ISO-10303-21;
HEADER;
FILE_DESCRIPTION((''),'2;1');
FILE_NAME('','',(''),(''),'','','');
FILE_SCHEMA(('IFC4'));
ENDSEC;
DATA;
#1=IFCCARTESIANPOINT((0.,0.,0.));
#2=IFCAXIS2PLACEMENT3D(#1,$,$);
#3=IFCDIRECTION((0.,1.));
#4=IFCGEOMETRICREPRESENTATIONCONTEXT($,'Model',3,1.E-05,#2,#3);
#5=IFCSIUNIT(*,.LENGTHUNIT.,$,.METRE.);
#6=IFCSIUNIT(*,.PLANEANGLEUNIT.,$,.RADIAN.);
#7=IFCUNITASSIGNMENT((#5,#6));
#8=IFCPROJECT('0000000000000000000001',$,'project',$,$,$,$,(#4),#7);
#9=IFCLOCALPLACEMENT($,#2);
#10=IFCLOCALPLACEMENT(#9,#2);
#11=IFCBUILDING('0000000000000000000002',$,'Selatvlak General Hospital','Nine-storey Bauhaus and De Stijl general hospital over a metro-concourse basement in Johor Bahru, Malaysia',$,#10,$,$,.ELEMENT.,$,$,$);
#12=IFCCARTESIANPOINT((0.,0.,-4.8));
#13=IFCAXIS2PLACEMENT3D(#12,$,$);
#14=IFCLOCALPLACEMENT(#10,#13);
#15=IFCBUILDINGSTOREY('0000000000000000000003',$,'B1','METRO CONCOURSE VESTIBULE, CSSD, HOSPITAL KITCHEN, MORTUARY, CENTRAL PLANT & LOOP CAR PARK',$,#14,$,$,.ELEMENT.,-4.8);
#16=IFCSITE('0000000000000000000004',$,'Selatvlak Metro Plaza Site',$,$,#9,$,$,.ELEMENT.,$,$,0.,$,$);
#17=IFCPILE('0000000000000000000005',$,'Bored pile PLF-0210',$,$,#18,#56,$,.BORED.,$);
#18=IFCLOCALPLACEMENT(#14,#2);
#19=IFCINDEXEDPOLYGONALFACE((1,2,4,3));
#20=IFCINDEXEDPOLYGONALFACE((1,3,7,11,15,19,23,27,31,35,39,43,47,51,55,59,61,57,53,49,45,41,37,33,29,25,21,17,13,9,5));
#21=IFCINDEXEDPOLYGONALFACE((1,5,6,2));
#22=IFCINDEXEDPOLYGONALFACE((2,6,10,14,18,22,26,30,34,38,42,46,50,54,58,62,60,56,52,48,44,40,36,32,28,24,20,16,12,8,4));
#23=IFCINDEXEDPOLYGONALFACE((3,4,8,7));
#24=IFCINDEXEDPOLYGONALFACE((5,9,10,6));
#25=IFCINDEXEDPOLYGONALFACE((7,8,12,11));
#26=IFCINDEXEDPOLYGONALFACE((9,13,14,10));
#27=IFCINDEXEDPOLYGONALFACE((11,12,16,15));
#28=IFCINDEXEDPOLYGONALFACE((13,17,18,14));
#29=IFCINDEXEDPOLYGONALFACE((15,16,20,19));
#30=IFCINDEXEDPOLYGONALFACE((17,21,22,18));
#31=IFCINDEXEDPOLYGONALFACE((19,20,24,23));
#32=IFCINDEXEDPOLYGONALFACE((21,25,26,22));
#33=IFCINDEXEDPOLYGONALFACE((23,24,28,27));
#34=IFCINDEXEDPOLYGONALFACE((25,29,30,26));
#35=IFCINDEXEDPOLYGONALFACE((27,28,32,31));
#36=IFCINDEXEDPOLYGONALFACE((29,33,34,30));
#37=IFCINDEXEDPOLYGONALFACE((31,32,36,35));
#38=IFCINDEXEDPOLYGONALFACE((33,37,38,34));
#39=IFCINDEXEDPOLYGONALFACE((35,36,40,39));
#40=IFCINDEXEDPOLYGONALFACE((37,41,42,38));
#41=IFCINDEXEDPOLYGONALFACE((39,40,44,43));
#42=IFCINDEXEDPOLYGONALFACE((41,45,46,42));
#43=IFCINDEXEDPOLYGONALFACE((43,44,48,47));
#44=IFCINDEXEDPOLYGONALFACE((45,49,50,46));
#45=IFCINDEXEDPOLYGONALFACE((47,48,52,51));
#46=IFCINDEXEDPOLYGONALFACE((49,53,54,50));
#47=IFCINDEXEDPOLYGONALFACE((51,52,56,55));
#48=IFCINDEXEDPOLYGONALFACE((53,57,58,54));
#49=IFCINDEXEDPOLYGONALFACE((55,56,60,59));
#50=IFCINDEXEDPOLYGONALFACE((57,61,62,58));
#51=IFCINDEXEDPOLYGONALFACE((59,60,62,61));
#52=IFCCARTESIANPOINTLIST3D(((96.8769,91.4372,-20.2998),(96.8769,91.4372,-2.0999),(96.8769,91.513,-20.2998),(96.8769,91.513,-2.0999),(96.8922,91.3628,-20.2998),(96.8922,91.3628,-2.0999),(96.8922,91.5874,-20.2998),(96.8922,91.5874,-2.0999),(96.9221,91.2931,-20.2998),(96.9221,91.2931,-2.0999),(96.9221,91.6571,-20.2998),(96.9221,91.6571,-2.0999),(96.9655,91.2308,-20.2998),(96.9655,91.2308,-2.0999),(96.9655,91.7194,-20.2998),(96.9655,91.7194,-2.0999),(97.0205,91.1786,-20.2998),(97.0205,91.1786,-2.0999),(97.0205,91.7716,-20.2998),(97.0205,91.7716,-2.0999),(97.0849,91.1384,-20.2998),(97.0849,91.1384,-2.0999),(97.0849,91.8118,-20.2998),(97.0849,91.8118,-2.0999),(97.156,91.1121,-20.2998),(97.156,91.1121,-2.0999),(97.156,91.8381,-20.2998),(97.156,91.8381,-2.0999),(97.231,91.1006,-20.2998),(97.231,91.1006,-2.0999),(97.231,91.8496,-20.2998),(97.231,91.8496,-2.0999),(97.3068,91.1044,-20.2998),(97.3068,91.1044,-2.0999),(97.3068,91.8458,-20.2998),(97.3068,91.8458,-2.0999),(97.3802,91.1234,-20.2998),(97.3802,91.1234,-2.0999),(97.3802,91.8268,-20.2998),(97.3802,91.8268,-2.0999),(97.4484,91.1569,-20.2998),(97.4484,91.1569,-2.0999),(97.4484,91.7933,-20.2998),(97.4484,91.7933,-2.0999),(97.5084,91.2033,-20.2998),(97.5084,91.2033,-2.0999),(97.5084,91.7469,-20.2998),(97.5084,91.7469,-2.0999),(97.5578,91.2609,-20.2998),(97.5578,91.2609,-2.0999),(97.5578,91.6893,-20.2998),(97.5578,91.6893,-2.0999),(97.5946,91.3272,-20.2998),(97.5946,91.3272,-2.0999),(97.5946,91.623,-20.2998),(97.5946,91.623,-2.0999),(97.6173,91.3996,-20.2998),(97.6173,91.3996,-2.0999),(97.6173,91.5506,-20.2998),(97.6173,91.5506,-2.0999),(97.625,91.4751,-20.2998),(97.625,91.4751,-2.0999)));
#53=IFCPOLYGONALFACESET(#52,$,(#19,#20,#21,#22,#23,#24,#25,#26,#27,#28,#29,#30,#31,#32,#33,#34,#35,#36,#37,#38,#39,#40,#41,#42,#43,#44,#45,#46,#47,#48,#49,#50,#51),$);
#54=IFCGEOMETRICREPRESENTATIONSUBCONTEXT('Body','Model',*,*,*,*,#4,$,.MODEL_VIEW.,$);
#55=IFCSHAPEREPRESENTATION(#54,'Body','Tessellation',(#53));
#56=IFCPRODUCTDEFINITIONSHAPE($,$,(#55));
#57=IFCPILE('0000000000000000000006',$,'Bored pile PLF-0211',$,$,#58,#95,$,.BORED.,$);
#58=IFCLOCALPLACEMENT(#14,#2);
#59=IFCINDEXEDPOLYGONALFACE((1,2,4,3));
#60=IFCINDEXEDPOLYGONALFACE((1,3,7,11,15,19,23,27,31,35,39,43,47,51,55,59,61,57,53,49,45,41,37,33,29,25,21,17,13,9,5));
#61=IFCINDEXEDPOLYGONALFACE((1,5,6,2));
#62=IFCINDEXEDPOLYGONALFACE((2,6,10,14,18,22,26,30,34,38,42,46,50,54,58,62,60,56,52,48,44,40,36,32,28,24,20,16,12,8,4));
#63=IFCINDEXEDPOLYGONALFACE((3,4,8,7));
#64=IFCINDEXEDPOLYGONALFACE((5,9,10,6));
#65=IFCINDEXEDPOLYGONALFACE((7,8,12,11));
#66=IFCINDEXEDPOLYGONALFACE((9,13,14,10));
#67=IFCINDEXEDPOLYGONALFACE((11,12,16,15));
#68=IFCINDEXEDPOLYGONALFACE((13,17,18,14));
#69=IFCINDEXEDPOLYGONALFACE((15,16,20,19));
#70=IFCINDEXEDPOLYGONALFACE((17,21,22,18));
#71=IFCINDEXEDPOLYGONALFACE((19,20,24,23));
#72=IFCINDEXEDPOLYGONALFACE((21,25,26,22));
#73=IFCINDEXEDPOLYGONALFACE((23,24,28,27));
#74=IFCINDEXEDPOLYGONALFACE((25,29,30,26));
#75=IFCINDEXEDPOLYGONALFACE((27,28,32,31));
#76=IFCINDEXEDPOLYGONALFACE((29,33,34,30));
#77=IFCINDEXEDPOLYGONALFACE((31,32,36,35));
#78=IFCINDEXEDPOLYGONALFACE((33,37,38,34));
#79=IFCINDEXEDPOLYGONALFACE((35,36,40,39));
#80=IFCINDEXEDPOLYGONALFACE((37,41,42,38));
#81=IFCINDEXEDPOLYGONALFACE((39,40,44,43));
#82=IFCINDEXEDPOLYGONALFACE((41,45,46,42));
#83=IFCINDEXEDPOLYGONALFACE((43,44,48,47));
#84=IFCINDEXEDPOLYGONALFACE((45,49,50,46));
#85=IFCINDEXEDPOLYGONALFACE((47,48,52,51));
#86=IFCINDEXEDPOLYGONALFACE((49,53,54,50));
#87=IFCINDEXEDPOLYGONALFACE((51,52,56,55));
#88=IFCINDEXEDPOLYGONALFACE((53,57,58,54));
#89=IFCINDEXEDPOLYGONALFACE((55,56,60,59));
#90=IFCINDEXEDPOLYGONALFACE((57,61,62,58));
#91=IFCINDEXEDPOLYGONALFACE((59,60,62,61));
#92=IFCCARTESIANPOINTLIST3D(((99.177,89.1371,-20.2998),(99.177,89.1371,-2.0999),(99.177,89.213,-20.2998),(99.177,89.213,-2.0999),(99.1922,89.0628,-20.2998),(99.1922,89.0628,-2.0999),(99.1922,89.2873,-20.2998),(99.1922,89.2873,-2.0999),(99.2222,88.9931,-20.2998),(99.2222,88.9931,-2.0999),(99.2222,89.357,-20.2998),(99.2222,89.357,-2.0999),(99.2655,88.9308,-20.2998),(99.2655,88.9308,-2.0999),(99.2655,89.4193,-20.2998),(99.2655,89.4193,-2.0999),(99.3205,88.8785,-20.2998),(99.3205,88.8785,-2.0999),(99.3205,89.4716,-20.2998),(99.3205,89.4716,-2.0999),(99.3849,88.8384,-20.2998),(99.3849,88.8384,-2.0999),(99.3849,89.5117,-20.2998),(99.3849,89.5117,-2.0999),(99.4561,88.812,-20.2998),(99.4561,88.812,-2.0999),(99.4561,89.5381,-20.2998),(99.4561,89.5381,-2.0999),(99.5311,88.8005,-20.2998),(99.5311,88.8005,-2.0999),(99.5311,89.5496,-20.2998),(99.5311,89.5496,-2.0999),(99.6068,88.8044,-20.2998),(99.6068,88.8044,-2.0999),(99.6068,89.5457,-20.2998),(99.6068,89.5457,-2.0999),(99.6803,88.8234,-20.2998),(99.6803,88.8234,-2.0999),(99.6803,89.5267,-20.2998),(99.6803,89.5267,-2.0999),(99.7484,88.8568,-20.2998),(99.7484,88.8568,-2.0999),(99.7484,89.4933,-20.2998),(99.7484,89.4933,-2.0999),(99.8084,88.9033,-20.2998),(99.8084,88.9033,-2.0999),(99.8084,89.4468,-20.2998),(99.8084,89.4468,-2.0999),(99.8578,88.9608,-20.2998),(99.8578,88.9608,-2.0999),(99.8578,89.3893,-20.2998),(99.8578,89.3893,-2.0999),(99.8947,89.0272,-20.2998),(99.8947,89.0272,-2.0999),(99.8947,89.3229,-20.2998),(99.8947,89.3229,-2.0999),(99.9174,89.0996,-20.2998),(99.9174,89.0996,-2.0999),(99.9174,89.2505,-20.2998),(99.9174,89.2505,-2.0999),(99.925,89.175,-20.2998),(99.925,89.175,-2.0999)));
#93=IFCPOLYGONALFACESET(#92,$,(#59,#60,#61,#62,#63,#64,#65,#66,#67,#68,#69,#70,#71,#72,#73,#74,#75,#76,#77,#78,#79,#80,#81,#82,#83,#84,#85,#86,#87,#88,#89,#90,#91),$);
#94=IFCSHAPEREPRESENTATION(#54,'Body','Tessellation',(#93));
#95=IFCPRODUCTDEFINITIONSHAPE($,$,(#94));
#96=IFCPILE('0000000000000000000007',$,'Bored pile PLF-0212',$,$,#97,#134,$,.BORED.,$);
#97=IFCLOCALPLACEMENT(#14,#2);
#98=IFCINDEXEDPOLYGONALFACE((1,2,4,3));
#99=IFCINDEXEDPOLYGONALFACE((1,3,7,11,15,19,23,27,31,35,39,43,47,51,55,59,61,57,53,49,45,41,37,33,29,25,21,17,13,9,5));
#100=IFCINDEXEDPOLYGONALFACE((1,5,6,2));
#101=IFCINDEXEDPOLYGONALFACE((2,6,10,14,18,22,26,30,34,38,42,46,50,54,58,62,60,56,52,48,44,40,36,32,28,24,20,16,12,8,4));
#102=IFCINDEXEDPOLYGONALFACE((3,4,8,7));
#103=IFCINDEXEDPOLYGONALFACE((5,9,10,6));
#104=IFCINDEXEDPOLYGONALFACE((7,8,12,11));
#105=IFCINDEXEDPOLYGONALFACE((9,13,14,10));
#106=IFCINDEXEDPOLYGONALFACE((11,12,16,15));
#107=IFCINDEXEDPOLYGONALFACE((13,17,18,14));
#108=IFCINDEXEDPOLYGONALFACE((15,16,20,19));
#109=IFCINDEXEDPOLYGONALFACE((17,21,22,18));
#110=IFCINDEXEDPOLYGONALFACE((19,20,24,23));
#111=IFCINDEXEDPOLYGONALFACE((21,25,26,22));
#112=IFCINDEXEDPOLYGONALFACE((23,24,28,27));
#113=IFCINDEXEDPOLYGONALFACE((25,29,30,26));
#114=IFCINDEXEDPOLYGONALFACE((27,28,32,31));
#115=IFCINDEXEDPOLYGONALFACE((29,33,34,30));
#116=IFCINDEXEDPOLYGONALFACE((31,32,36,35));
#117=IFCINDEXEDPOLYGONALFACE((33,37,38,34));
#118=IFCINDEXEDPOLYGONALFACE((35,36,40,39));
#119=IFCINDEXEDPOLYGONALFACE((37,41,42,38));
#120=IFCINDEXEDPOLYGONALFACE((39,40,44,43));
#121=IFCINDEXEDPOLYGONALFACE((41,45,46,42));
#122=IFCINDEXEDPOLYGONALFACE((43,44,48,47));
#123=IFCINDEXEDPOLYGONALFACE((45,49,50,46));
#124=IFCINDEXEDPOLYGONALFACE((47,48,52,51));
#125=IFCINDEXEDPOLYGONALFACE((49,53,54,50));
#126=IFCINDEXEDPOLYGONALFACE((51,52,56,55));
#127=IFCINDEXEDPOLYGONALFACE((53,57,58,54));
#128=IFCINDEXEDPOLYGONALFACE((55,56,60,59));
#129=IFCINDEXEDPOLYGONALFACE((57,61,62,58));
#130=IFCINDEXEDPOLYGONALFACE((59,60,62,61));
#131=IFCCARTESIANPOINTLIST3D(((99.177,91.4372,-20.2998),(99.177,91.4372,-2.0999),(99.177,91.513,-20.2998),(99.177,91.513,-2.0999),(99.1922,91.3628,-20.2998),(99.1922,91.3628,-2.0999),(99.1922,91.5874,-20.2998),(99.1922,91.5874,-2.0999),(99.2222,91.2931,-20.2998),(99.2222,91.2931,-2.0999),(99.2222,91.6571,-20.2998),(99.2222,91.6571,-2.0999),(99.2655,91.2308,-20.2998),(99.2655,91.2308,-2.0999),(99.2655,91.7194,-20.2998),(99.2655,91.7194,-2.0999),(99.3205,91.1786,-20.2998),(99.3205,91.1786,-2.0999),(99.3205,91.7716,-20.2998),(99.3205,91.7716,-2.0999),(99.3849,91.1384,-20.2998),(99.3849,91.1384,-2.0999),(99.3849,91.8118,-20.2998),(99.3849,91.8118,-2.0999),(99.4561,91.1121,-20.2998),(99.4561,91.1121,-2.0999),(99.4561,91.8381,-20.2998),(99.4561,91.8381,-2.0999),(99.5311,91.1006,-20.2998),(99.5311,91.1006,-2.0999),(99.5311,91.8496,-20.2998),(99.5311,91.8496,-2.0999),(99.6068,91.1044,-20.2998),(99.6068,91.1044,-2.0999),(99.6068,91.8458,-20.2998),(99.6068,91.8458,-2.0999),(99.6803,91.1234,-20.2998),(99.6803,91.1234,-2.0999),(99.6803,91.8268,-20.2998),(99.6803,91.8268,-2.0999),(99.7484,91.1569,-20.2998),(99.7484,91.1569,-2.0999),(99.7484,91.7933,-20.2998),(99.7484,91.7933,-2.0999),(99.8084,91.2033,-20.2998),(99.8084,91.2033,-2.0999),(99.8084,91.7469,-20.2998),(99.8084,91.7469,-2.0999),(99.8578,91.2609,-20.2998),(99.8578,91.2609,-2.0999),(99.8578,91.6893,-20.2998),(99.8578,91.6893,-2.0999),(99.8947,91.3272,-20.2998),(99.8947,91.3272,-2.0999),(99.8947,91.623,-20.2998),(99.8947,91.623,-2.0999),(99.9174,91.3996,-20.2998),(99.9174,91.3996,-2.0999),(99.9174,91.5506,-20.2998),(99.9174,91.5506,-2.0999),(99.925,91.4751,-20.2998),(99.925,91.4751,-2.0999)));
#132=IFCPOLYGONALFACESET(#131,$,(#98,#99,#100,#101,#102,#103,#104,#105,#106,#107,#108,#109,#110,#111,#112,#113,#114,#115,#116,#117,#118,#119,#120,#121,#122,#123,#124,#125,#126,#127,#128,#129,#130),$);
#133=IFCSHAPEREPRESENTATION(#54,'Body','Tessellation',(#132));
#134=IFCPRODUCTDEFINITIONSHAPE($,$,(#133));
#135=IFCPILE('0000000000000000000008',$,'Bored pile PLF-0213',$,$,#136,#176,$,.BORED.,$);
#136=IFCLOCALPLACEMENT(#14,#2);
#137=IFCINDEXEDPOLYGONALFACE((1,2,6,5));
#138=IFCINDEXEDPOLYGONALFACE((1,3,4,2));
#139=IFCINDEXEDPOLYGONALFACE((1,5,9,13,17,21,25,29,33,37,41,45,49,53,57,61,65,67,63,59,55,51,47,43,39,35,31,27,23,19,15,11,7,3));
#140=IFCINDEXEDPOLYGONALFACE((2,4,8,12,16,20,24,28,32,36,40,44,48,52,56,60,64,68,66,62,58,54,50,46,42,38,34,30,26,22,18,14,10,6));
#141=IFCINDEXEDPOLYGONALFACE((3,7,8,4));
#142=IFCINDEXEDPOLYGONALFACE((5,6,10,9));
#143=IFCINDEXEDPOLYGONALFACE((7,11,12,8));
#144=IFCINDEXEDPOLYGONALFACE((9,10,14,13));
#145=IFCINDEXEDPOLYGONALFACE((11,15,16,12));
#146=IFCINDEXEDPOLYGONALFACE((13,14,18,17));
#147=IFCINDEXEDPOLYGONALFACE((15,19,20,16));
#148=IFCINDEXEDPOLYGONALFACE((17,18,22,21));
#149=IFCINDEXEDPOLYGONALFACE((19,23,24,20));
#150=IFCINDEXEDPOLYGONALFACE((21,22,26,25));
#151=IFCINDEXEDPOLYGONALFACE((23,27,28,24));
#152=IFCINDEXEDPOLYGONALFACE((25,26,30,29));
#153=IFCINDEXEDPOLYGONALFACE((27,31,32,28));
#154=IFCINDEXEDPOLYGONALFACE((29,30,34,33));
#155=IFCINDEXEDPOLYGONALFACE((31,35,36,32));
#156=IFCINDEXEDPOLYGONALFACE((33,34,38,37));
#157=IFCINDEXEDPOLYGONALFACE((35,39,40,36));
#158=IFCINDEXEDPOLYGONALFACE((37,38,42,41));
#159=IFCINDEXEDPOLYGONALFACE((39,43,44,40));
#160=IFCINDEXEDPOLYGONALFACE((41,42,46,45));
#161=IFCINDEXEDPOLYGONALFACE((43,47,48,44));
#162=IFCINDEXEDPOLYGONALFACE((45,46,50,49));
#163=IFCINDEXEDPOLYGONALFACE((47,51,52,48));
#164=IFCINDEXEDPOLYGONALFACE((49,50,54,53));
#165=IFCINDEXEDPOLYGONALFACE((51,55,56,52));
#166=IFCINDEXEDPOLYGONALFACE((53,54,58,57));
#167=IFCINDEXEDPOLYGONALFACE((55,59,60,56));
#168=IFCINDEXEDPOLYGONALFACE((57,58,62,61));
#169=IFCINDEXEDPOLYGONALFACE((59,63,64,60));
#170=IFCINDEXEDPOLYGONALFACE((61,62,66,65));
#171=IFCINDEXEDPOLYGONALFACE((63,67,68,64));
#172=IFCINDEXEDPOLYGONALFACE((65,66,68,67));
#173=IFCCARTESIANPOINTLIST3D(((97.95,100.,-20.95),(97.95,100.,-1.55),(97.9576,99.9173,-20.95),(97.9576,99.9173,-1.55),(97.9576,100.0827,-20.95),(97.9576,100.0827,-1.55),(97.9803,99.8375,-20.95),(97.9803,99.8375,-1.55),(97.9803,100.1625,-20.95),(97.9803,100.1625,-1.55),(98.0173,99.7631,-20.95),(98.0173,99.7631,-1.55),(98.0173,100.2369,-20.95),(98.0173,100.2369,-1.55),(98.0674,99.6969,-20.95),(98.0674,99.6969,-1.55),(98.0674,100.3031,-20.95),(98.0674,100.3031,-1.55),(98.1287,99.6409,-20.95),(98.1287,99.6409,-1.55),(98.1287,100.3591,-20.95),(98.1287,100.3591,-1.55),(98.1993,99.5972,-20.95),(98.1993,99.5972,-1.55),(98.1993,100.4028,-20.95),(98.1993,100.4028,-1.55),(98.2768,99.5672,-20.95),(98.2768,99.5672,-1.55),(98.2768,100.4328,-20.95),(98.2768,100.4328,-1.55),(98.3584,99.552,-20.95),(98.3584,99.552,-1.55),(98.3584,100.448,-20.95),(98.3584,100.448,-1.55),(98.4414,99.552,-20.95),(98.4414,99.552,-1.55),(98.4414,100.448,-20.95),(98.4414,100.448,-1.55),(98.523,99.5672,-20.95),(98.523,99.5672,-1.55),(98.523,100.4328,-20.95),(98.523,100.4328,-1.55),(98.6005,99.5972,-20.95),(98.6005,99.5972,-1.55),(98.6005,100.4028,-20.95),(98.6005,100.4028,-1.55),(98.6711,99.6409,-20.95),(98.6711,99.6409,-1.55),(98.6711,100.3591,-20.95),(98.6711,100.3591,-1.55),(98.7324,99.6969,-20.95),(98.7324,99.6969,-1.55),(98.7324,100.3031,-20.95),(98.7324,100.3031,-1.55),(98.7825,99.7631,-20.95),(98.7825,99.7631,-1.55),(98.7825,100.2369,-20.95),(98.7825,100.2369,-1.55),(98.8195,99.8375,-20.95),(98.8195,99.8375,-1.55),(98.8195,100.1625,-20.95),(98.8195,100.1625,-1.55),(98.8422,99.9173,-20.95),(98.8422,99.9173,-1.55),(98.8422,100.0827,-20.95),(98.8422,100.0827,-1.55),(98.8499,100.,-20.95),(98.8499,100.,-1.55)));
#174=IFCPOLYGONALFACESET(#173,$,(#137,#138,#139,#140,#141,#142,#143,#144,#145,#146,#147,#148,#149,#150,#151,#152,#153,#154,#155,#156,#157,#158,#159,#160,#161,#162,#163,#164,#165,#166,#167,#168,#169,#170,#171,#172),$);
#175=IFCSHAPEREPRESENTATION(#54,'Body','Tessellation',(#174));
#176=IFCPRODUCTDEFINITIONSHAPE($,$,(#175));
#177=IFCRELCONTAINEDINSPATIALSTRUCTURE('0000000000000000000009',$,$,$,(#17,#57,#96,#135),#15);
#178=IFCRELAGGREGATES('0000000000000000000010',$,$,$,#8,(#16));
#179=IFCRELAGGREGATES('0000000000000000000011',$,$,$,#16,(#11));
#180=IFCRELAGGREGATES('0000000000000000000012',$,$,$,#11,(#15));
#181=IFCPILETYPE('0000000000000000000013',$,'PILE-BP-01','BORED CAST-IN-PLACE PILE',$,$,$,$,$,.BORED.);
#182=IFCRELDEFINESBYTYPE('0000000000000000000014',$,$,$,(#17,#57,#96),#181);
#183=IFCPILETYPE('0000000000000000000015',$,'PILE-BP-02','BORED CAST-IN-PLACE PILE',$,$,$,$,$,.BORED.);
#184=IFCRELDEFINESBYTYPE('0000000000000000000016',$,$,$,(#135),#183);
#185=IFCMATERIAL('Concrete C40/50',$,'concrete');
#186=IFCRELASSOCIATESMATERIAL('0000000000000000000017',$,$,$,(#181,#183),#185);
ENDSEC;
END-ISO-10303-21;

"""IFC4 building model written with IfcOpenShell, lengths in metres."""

from ifc_helpers import new_model, si_unit, direction, frame, origin, origin_2d, place, context, subcontext, project, spatial, circle, extrude, material, material_profile, profile_set, type_object, element, save


model = new_model("IFC4")

# Units and contexts
model_context = context("Model", 3, precision=1e-05, world=origin(), true_north=direction((0.0, 1.0)))
body_context = subcontext(model_context, "Body", "Model", "MODEL_VIEW")
ifc_project = project(units=[si_unit("LENGTHUNIT", "METRE"), si_unit("PLANEANGLEUNIT", "RADIAN")], contexts=[model_context])

# Site, building, storey
site_placement = place(None, origin())
site = spatial("IfcSite", under=ifc_project, at=site_placement, Name="Selatvlak Metro Plaza Site", CompositionType="ELEMENT", RefElevation=0.0)
building_placement = place(site_placement, origin())
building = spatial("IfcBuilding", under=site, at=building_placement, Name="Selatvlak General Hospital", Description="Nine-storey Bauhaus and De Stijl general hospital over a metro-concourse basement in Johor Bahru, Malaysia", CompositionType="ELEMENT")
storey_placement = place(building_placement, frame((0.0, 0.0, -4.8)))
storey = spatial("IfcBuildingStorey", under=building, at=storey_placement, Name="B1", Description="METRO CONCOURSE VESTIBULE, CSSD, HOSPITAL KITCHEN, MORTUARY, CENTRAL PLANT & LOOP CAR PARK", CompositionType="ELEMENT", Elevation=-4.8)

# Shared definitions
ifc_material_1 = material(Name="Concrete C40/50", Category="concrete")

# Piles
ifc_material_profile_1 = material_profile(ifc_material_1, circle(Radius=0.375, at=origin_2d()), Name="BORED PILE 750")
ifc_profile_set_1 = profile_set([ifc_material_profile_1], Name="Concrete C40/50")
pile_type_1 = type_object("IfcPileType", Name="PILE-BP-01", Description="BORED CAST-IN-PLACE PILE", PredefinedType="BORED", material=ifc_profile_set_1)
for number, where, z_axis, x_axis, name in (
    (1, (97.25, 91.4751, -2.0999), (0.0, 0.0, -1.0), (1.0, 0.0, 0.0), "Bored pile PLF-0210"),
    (2, (99.55, 89.175, -2.0999), (0.0, 0.0, -1.0), (1.0, 0.0, 0.0), "Bored pile PLF-0211"),
    (3, (99.55, 91.4751, -2.0999), (0.0, 0.0, -1.0), (1.0, 0.0, 0.0), "Bored pile PLF-0212"),
):
    element("IfcPile", number, at=place(storey_placement, frame(where, z_axis=z_axis, x_axis=x_axis)), inside=storey, type_object=pile_type_1, Name=name, PredefinedType="BORED", context=body_context, shape_type="SweptSolid", body=[
        extrude(circle(Radius=0.375, at=origin_2d()), origin(), (0.0, 0.0, 1.0), 18.2),
    ])
ifc_material_profile_2 = material_profile(ifc_material_1, circle(Radius=0.45, at=origin_2d()), Name="BORED PILE 900")
ifc_profile_set_2 = profile_set([ifc_material_profile_2], Name="Concrete C40/50")
pile_type_2 = type_object("IfcPileType", Name="PILE-BP-02", Description="BORED CAST-IN-PLACE PILE", PredefinedType="BORED", material=ifc_profile_set_2)
pile_placement = place(storey_placement, frame((98.3999, 100.0, -1.55), z_axis=(0.0, 0.0, -1.0), x_axis=(1.0, 0.0, 0.0)))
element("IfcPile", 4, at=pile_placement, inside=storey, type_object=pile_type_2, Name="Bored pile PLF-0213", PredefinedType="BORED", context=body_context, shape_type="SweptSolid", body=[
    extrude(circle(Radius=0.45, at=origin_2d()), origin(), (0.0, 0.0, 1.0), 19.3999),
])

save(model, "model.ifc")
